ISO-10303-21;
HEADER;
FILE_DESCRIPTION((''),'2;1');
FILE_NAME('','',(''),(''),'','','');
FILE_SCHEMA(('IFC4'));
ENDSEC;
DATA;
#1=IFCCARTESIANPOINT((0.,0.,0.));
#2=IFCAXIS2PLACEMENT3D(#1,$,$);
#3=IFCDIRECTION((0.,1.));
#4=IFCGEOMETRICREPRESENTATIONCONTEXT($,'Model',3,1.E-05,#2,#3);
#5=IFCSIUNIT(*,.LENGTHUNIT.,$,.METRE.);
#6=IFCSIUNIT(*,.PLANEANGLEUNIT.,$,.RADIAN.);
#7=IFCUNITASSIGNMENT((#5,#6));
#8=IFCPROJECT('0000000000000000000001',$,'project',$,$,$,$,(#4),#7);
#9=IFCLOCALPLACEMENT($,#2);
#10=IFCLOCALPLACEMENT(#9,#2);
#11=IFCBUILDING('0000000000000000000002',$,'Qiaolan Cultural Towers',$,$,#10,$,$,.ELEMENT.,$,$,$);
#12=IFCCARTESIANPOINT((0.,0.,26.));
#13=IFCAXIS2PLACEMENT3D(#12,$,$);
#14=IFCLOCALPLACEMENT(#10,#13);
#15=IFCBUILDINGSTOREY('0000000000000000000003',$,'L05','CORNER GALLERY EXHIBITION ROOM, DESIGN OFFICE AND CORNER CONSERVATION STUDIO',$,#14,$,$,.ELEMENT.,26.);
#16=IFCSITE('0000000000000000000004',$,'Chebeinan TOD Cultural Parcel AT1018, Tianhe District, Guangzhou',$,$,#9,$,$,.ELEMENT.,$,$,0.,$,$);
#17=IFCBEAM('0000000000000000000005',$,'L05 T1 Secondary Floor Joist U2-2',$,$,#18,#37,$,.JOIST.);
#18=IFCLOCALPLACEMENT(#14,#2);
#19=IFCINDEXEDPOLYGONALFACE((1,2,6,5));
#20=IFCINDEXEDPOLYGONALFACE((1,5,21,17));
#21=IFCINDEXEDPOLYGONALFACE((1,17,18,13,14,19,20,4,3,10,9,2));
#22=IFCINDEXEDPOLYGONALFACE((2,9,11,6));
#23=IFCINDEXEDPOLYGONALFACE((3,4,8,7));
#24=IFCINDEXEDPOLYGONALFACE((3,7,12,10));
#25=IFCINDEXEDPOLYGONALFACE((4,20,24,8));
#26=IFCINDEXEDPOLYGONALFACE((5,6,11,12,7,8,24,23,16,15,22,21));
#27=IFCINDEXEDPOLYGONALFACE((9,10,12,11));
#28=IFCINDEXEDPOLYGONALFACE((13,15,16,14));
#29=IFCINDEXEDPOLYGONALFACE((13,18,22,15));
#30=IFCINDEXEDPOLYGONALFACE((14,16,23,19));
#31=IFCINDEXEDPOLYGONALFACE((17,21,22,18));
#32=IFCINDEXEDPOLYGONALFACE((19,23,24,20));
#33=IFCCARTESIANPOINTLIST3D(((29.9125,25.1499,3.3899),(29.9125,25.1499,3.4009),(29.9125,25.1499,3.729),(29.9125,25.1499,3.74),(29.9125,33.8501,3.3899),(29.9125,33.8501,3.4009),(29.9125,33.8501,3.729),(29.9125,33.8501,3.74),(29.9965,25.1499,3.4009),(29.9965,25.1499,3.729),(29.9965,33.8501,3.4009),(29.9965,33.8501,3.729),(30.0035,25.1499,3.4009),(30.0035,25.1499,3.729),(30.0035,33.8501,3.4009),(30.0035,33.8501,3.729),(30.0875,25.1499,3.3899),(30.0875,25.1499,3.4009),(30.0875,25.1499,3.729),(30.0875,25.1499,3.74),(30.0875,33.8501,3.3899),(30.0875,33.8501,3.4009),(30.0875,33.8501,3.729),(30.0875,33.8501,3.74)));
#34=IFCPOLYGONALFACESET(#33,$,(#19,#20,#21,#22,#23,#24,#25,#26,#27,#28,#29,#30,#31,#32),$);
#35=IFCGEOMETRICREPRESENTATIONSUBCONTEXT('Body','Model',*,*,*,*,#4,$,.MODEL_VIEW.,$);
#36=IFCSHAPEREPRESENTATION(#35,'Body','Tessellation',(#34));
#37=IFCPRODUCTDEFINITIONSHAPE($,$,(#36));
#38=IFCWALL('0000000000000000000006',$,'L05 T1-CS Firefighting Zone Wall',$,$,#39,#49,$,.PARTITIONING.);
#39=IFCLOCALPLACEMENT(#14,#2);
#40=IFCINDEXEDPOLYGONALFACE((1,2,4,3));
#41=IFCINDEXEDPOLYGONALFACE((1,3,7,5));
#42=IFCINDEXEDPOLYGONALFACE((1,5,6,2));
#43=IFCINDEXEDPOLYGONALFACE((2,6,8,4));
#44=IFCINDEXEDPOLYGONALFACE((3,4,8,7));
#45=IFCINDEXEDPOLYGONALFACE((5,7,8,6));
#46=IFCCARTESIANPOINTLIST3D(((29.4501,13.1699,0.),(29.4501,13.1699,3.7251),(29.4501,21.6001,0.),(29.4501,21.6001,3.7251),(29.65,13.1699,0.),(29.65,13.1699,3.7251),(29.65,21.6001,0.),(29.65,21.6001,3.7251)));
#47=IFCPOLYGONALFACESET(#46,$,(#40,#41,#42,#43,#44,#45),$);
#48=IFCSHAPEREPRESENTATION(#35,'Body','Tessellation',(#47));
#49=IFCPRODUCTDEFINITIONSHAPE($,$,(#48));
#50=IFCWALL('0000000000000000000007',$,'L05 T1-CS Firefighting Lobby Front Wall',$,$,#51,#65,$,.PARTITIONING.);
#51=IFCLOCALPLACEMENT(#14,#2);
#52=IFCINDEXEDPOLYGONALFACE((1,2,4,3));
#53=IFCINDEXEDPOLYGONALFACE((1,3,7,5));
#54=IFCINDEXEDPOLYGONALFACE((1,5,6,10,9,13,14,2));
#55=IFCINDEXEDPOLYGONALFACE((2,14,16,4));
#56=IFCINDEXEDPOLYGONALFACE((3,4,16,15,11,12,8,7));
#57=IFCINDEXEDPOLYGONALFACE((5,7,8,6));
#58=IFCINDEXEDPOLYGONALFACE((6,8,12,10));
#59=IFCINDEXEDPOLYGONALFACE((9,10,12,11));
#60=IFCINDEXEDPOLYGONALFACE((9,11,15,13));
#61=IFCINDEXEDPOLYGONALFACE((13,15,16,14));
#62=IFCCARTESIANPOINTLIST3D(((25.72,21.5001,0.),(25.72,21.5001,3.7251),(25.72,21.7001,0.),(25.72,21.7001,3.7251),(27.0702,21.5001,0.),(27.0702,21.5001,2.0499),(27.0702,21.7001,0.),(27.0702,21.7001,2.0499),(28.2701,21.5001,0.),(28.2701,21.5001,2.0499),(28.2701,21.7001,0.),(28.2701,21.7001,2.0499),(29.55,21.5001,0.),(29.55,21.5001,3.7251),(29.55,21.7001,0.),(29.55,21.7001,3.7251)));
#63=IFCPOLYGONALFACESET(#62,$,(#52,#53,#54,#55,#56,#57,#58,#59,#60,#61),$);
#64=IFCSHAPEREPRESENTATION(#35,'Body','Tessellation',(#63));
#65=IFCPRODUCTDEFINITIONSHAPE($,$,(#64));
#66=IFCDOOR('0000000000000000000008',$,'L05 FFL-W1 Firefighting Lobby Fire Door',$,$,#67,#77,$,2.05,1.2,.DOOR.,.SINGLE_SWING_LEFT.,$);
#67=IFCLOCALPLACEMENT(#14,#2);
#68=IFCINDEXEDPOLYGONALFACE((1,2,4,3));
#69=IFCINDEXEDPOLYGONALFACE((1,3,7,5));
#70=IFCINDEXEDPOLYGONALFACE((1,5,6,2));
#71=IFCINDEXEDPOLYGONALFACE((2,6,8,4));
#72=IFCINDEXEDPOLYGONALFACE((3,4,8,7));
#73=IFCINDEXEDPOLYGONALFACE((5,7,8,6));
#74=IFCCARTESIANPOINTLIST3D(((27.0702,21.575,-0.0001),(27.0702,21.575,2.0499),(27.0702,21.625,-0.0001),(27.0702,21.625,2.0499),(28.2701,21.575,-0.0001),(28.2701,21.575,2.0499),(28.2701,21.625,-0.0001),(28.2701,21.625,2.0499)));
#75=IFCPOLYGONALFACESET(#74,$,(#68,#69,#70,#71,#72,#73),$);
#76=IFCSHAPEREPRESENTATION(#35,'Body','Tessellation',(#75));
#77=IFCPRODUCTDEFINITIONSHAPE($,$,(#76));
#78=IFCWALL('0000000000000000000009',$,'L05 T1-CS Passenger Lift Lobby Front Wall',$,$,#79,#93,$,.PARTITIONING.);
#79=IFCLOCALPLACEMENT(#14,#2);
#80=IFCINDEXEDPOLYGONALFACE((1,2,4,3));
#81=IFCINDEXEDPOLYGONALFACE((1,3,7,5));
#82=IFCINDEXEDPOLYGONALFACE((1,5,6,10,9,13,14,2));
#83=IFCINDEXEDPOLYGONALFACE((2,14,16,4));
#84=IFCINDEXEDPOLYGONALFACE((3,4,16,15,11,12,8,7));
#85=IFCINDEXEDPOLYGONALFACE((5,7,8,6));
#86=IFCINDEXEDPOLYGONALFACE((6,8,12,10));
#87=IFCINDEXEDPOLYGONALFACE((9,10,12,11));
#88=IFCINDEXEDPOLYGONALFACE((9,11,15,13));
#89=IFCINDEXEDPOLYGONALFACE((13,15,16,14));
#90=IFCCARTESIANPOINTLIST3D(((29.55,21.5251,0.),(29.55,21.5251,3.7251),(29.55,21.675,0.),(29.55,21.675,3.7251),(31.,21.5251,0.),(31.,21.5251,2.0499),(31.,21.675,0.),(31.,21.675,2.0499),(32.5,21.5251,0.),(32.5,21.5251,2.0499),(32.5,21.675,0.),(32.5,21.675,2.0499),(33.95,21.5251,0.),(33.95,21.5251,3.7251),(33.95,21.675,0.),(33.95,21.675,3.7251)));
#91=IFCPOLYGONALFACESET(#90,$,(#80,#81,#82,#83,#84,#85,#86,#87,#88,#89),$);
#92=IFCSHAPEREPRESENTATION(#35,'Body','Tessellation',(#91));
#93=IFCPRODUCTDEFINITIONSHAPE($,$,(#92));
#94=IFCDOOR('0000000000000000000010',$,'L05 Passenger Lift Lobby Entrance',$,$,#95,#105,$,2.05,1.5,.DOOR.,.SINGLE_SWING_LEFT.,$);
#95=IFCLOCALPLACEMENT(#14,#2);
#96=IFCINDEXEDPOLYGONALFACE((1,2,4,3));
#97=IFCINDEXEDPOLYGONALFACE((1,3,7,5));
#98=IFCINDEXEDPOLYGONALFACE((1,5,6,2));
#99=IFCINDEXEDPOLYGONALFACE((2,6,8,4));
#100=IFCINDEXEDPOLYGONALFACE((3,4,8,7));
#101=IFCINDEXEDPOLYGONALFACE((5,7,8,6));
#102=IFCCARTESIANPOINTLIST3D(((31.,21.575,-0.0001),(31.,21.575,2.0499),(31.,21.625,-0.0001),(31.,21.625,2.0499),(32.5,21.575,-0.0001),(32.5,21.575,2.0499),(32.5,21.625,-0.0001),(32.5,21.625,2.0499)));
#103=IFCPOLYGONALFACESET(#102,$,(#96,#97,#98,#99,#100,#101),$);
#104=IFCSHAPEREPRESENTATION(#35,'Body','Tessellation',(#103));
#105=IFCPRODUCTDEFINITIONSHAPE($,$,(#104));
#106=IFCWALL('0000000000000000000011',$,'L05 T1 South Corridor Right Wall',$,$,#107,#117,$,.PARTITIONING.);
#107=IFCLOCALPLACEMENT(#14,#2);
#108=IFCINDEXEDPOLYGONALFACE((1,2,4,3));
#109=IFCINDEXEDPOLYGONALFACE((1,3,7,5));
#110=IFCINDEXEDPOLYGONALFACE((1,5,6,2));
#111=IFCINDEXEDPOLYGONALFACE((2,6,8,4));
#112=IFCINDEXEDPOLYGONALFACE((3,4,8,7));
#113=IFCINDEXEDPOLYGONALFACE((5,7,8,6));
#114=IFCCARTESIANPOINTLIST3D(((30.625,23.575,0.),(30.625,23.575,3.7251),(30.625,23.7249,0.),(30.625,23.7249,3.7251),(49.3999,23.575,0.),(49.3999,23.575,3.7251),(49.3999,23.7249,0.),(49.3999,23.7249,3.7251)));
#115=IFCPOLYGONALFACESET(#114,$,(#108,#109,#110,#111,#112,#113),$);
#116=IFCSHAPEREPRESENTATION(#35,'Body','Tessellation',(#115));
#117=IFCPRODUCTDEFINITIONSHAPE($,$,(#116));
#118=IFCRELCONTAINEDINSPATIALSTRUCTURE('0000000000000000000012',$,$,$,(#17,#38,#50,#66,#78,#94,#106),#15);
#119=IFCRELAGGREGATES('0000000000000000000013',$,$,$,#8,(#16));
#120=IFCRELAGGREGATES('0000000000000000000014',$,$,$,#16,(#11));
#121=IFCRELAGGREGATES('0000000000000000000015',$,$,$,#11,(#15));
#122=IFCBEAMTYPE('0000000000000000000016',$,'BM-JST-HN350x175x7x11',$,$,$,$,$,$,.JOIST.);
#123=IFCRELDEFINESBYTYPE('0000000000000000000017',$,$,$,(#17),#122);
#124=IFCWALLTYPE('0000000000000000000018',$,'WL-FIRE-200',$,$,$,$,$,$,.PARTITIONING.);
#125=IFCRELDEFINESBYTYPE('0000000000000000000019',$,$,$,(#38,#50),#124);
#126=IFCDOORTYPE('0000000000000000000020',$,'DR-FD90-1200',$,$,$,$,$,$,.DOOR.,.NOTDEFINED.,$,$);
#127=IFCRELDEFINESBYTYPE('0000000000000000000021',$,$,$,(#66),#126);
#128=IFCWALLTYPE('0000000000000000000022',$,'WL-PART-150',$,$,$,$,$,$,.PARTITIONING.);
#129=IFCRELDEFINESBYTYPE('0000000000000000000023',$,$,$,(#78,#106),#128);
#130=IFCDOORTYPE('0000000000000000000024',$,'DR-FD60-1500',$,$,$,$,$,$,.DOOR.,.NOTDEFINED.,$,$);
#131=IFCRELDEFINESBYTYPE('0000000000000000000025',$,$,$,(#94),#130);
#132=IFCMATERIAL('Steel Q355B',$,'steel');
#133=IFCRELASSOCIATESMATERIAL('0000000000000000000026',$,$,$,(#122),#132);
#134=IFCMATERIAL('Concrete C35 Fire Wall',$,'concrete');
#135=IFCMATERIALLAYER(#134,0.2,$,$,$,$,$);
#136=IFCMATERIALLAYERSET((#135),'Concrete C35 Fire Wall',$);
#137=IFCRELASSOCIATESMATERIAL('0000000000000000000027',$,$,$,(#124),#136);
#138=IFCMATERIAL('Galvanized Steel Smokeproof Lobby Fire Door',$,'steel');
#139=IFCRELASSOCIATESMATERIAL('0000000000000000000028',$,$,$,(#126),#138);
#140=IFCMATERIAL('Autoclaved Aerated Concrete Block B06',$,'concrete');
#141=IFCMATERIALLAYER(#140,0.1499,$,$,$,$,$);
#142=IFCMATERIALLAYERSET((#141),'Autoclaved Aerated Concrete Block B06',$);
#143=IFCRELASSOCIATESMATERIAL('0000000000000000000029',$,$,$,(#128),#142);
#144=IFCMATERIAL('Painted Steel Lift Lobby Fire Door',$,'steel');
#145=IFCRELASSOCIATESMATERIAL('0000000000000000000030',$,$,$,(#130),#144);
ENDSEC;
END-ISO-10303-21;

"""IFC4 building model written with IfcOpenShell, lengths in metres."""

from ifc_helpers import new_model, si_unit, direction, frame, frame_2d, origin, origin_2d, place, context, subcontext, project, spatial, rectangle, i_section, extrude, material, layer, layer_set, material_profile, profile_set, type_object, element, fill, save


model = new_model("IFC4")

# Units and contexts
model_context = context("Model", 3, precision=1e-05, world=origin(), true_north=direction((0.0, 1.0)))
body_context = subcontext(model_context, "Body", "Model", "MODEL_VIEW")
ifc_project = project(units=[si_unit("LENGTHUNIT", "METRE"), si_unit("PLANEANGLEUNIT", "RADIAN")], contexts=[model_context])

# Site, building, storey
site_placement = place(None, origin())
site = spatial("IfcSite", under=ifc_project, at=site_placement, Name="Chebeinan TOD Cultural Parcel AT1018, Tianhe District, Guangzhou", CompositionType="ELEMENT", RefElevation=0.0)
building_placement = place(site_placement, origin())
building = spatial("IfcBuilding", under=site, at=building_placement, Name="Qiaolan Cultural Towers", CompositionType="ELEMENT")
storey_placement = place(building_placement, frame((0.0, 0.0, 26.0)))
storey = spatial("IfcBuildingStorey", under=building, at=storey_placement, Name="L05", Description="CORNER GALLERY EXHIBITION ROOM, DESIGN OFFICE AND CORNER CONSERVATION STUDIO", CompositionType="ELEMENT", Elevation=26.0)

# Beam
ifc_material_1 = material(Name="Steel Q355B", Category="steel")
ifc_material_profile = material_profile(ifc_material_1, i_section(OverallWidth=0.175, OverallDepth=0.3501, WebThickness=0.0071, FlangeThickness=0.011, at=origin_2d()), Name="HN350x175x7x11")
ifc_profile_set = profile_set([ifc_material_profile], Name="Steel Q355B")
beam_type = type_object("IfcBeamType", Name="BM-JST-HN350x175x7x11", PredefinedType="JOIST", material=ifc_profile_set)
beam_placement = place(storey_placement, frame((30.0, 25.1499, 3.5649), z_axis=(0.0, 1.0, 0.0), x_axis=(-1.0, 0.0, 0.0)))
element("IfcBeam", 1, at=beam_placement, inside=storey, type_object=beam_type, Name="L05 T1 Secondary Floor Joist U2-2", PredefinedType="JOIST", context=body_context, shape_type="SweptSolid", body=[
    extrude(i_section(OverallWidth=0.175, OverallDepth=0.3501, WebThickness=0.0071, FlangeThickness=0.011, at=origin_2d()), origin(), (0.0, 0.0, 1.0), 8.7002),
])

# Wall
ifc_material_2 = material(Name="Concrete C35 Fire Wall", Category="concrete")
ifc_layer_1 = layer(ifc_material_2, 0.2)
ifc_layer_set_1 = layer_set([ifc_layer_1], Name="Concrete C35 Fire Wall")
wall_type_1 = type_object("IfcWallType", Name="WL-FIRE-200", PredefinedType="PARTITIONING", material=ifc_layer_set_1)
wall_1_placement = place(storey_placement, frame((29.55, 21.6001, 0.0), z_axis=(0.0, 0.0, 1.0), x_axis=(0.0, -1.0, 0.0)))
element("IfcWall", 2, at=wall_1_placement, inside=storey, type_object=wall_type_1, Name="L05 T1-CS Firefighting Zone Wall", PredefinedType="PARTITIONING", context=body_context, shape_type="SweptSolid", body=[
    extrude(rectangle(XDim=8.4302, YDim=0.2, at=frame_2d((4.2151, 0.0))), origin(), (0.0, 0.0, 1.0), 3.7251),
])

# Walls, openings, doors
wall_2_placement = place(storey_placement, frame((25.72, 21.6001, 0.0), z_axis=(0.0, 0.0, 1.0), x_axis=(1.0, 0.0, 0.0)))
wall_2 = element("IfcWall", 3, at=wall_2_placement, inside=storey, type_object=wall_type_1, Name="L05 T1-CS Firefighting Lobby Front Wall", PredefinedType="PARTITIONING", context=body_context, shape_type="SweptSolid", body=[
    extrude(rectangle(XDim=3.8301, YDim=0.2, at=frame_2d((1.915, 0.0))), origin(), (0.0, 0.0, 1.0), 3.7251),
])
opening_1_placement = place(wall_2_placement, frame((1.3501, 0.0, 0.0)))
opening_1 = element("IfcOpeningElement", 4, at=opening_1_placement, cuts=wall_2, PredefinedType="OPENING", context=body_context, shape_type="SweptSolid", body=[
    extrude(rectangle(XDim=1.2, YDim=2.05, at=frame_2d((0.6001, 1.0249))), frame((0.0, 0.1099, 0.0), z_axis=(0.0, -1.0, 0.0), x_axis=(1.0, 0.0, 0.0)), (0.0, 0.0, 1.0), 0.22),
])
ifc_material_3 = material(Name="Galvanized Steel Smokeproof Lobby Fire Door", Category="steel")
door_type_1 = type_object("IfcDoorType", Name="DR-FD90-1200", OperationType="NOTDEFINED", PredefinedType="DOOR", material=ifc_material_3)
door_1_placement = place(opening_1_placement, origin())
door_1 = element("IfcDoor", 5, at=door_1_placement, inside=storey, type_object=door_type_1, Name="L05 FFL-W1 Firefighting Lobby Fire Door", OperationType="SINGLE_SWING_LEFT", OverallHeight=2.05, OverallWidth=1.2, PredefinedType="DOOR", context=body_context, shape_type="SweptSolid", body=[
    extrude(rectangle(XDim=1.2, YDim=2.05, at=frame_2d((0.6001, 1.0249))), frame((0.0, 0.0249, 0.0), z_axis=(0.0, -1.0, 0.0), x_axis=(1.0, 0.0, 0.0)), (0.0, 0.0, 1.0), 0.05),
])
fill(opening_1, door_1)
ifc_material_4 = material(Name="Autoclaved Aerated Concrete Block B06", Category="concrete")
ifc_layer_2 = layer(ifc_material_4, 0.1499)
ifc_layer_set_2 = layer_set([ifc_layer_2], Name="Autoclaved Aerated Concrete Block B06")
wall_type_2 = type_object("IfcWallType", Name="WL-PART-150", PredefinedType="PARTITIONING", material=ifc_layer_set_2)
wall_3_placement = place(storey_placement, frame((29.55, 21.6001, 0.0), z_axis=(0.0, 0.0, 1.0), x_axis=(1.0, 0.0, 0.0)))
wall_3 = element("IfcWall", 6, at=wall_3_placement, inside=storey, type_object=wall_type_2, Name="L05 T1-CS Passenger Lift Lobby Front Wall", PredefinedType="PARTITIONING", context=body_context, shape_type="SweptSolid", body=[
    extrude(rectangle(XDim=4.3999, YDim=0.1499, at=frame_2d((2.2, 0.0))), origin(), (0.0, 0.0, 1.0), 3.7251),
])
opening_2_placement = place(wall_3_placement, frame((1.45, 0.0, 0.0)))
opening_2 = element("IfcOpeningElement", 7, at=opening_2_placement, cuts=wall_3, PredefinedType="OPENING", context=body_context, shape_type="SweptSolid", body=[
    extrude(rectangle(XDim=1.5, YDim=2.05, at=frame_2d((0.75, 1.0249))), frame((0.0, 0.085, 0.0), z_axis=(0.0, -1.0, 0.0), x_axis=(1.0, 0.0, 0.0)), (0.0, 0.0, 1.0), 0.1699),
])
ifc_material_5 = material(Name="Painted Steel Lift Lobby Fire Door", Category="steel")
door_type_2 = type_object("IfcDoorType", Name="DR-FD60-1500", OperationType="NOTDEFINED", PredefinedType="DOOR", material=ifc_material_5)
door_2_placement = place(opening_2_placement, origin())
door_2 = element("IfcDoor", 8, at=door_2_placement, inside=storey, type_object=door_type_2, Name="L05 Passenger Lift Lobby Entrance", OperationType="SINGLE_SWING_LEFT", OverallHeight=2.05, OverallWidth=1.5, PredefinedType="DOOR", context=body_context, shape_type="SweptSolid", body=[
    extrude(rectangle(XDim=1.5, YDim=2.05, at=frame_2d((0.75, 1.0249))), frame((0.0, 0.0249, 0.0), z_axis=(0.0, -1.0, 0.0), x_axis=(1.0, 0.0, 0.0)), (0.0, 0.0, 1.0), 0.05),
])
fill(opening_2, door_2)

# Wall
wall_4_placement = place(storey_placement, frame((30.625, 23.6499, 0.0), z_axis=(0.0, 0.0, 1.0), x_axis=(1.0, 0.0, 0.0)))
element("IfcWall", 9, at=wall_4_placement, inside=storey, type_object=wall_type_2, Name="L05 T1 South Corridor Right Wall", PredefinedType="PARTITIONING", context=body_context, shape_type="SweptSolid", body=[
    extrude(rectangle(XDim=18.7749, YDim=0.1499, at=frame_2d((9.3875, 0.0))), origin(), (0.0, 0.0, 1.0), 3.7251),
])

save(model, "model.ifc")
